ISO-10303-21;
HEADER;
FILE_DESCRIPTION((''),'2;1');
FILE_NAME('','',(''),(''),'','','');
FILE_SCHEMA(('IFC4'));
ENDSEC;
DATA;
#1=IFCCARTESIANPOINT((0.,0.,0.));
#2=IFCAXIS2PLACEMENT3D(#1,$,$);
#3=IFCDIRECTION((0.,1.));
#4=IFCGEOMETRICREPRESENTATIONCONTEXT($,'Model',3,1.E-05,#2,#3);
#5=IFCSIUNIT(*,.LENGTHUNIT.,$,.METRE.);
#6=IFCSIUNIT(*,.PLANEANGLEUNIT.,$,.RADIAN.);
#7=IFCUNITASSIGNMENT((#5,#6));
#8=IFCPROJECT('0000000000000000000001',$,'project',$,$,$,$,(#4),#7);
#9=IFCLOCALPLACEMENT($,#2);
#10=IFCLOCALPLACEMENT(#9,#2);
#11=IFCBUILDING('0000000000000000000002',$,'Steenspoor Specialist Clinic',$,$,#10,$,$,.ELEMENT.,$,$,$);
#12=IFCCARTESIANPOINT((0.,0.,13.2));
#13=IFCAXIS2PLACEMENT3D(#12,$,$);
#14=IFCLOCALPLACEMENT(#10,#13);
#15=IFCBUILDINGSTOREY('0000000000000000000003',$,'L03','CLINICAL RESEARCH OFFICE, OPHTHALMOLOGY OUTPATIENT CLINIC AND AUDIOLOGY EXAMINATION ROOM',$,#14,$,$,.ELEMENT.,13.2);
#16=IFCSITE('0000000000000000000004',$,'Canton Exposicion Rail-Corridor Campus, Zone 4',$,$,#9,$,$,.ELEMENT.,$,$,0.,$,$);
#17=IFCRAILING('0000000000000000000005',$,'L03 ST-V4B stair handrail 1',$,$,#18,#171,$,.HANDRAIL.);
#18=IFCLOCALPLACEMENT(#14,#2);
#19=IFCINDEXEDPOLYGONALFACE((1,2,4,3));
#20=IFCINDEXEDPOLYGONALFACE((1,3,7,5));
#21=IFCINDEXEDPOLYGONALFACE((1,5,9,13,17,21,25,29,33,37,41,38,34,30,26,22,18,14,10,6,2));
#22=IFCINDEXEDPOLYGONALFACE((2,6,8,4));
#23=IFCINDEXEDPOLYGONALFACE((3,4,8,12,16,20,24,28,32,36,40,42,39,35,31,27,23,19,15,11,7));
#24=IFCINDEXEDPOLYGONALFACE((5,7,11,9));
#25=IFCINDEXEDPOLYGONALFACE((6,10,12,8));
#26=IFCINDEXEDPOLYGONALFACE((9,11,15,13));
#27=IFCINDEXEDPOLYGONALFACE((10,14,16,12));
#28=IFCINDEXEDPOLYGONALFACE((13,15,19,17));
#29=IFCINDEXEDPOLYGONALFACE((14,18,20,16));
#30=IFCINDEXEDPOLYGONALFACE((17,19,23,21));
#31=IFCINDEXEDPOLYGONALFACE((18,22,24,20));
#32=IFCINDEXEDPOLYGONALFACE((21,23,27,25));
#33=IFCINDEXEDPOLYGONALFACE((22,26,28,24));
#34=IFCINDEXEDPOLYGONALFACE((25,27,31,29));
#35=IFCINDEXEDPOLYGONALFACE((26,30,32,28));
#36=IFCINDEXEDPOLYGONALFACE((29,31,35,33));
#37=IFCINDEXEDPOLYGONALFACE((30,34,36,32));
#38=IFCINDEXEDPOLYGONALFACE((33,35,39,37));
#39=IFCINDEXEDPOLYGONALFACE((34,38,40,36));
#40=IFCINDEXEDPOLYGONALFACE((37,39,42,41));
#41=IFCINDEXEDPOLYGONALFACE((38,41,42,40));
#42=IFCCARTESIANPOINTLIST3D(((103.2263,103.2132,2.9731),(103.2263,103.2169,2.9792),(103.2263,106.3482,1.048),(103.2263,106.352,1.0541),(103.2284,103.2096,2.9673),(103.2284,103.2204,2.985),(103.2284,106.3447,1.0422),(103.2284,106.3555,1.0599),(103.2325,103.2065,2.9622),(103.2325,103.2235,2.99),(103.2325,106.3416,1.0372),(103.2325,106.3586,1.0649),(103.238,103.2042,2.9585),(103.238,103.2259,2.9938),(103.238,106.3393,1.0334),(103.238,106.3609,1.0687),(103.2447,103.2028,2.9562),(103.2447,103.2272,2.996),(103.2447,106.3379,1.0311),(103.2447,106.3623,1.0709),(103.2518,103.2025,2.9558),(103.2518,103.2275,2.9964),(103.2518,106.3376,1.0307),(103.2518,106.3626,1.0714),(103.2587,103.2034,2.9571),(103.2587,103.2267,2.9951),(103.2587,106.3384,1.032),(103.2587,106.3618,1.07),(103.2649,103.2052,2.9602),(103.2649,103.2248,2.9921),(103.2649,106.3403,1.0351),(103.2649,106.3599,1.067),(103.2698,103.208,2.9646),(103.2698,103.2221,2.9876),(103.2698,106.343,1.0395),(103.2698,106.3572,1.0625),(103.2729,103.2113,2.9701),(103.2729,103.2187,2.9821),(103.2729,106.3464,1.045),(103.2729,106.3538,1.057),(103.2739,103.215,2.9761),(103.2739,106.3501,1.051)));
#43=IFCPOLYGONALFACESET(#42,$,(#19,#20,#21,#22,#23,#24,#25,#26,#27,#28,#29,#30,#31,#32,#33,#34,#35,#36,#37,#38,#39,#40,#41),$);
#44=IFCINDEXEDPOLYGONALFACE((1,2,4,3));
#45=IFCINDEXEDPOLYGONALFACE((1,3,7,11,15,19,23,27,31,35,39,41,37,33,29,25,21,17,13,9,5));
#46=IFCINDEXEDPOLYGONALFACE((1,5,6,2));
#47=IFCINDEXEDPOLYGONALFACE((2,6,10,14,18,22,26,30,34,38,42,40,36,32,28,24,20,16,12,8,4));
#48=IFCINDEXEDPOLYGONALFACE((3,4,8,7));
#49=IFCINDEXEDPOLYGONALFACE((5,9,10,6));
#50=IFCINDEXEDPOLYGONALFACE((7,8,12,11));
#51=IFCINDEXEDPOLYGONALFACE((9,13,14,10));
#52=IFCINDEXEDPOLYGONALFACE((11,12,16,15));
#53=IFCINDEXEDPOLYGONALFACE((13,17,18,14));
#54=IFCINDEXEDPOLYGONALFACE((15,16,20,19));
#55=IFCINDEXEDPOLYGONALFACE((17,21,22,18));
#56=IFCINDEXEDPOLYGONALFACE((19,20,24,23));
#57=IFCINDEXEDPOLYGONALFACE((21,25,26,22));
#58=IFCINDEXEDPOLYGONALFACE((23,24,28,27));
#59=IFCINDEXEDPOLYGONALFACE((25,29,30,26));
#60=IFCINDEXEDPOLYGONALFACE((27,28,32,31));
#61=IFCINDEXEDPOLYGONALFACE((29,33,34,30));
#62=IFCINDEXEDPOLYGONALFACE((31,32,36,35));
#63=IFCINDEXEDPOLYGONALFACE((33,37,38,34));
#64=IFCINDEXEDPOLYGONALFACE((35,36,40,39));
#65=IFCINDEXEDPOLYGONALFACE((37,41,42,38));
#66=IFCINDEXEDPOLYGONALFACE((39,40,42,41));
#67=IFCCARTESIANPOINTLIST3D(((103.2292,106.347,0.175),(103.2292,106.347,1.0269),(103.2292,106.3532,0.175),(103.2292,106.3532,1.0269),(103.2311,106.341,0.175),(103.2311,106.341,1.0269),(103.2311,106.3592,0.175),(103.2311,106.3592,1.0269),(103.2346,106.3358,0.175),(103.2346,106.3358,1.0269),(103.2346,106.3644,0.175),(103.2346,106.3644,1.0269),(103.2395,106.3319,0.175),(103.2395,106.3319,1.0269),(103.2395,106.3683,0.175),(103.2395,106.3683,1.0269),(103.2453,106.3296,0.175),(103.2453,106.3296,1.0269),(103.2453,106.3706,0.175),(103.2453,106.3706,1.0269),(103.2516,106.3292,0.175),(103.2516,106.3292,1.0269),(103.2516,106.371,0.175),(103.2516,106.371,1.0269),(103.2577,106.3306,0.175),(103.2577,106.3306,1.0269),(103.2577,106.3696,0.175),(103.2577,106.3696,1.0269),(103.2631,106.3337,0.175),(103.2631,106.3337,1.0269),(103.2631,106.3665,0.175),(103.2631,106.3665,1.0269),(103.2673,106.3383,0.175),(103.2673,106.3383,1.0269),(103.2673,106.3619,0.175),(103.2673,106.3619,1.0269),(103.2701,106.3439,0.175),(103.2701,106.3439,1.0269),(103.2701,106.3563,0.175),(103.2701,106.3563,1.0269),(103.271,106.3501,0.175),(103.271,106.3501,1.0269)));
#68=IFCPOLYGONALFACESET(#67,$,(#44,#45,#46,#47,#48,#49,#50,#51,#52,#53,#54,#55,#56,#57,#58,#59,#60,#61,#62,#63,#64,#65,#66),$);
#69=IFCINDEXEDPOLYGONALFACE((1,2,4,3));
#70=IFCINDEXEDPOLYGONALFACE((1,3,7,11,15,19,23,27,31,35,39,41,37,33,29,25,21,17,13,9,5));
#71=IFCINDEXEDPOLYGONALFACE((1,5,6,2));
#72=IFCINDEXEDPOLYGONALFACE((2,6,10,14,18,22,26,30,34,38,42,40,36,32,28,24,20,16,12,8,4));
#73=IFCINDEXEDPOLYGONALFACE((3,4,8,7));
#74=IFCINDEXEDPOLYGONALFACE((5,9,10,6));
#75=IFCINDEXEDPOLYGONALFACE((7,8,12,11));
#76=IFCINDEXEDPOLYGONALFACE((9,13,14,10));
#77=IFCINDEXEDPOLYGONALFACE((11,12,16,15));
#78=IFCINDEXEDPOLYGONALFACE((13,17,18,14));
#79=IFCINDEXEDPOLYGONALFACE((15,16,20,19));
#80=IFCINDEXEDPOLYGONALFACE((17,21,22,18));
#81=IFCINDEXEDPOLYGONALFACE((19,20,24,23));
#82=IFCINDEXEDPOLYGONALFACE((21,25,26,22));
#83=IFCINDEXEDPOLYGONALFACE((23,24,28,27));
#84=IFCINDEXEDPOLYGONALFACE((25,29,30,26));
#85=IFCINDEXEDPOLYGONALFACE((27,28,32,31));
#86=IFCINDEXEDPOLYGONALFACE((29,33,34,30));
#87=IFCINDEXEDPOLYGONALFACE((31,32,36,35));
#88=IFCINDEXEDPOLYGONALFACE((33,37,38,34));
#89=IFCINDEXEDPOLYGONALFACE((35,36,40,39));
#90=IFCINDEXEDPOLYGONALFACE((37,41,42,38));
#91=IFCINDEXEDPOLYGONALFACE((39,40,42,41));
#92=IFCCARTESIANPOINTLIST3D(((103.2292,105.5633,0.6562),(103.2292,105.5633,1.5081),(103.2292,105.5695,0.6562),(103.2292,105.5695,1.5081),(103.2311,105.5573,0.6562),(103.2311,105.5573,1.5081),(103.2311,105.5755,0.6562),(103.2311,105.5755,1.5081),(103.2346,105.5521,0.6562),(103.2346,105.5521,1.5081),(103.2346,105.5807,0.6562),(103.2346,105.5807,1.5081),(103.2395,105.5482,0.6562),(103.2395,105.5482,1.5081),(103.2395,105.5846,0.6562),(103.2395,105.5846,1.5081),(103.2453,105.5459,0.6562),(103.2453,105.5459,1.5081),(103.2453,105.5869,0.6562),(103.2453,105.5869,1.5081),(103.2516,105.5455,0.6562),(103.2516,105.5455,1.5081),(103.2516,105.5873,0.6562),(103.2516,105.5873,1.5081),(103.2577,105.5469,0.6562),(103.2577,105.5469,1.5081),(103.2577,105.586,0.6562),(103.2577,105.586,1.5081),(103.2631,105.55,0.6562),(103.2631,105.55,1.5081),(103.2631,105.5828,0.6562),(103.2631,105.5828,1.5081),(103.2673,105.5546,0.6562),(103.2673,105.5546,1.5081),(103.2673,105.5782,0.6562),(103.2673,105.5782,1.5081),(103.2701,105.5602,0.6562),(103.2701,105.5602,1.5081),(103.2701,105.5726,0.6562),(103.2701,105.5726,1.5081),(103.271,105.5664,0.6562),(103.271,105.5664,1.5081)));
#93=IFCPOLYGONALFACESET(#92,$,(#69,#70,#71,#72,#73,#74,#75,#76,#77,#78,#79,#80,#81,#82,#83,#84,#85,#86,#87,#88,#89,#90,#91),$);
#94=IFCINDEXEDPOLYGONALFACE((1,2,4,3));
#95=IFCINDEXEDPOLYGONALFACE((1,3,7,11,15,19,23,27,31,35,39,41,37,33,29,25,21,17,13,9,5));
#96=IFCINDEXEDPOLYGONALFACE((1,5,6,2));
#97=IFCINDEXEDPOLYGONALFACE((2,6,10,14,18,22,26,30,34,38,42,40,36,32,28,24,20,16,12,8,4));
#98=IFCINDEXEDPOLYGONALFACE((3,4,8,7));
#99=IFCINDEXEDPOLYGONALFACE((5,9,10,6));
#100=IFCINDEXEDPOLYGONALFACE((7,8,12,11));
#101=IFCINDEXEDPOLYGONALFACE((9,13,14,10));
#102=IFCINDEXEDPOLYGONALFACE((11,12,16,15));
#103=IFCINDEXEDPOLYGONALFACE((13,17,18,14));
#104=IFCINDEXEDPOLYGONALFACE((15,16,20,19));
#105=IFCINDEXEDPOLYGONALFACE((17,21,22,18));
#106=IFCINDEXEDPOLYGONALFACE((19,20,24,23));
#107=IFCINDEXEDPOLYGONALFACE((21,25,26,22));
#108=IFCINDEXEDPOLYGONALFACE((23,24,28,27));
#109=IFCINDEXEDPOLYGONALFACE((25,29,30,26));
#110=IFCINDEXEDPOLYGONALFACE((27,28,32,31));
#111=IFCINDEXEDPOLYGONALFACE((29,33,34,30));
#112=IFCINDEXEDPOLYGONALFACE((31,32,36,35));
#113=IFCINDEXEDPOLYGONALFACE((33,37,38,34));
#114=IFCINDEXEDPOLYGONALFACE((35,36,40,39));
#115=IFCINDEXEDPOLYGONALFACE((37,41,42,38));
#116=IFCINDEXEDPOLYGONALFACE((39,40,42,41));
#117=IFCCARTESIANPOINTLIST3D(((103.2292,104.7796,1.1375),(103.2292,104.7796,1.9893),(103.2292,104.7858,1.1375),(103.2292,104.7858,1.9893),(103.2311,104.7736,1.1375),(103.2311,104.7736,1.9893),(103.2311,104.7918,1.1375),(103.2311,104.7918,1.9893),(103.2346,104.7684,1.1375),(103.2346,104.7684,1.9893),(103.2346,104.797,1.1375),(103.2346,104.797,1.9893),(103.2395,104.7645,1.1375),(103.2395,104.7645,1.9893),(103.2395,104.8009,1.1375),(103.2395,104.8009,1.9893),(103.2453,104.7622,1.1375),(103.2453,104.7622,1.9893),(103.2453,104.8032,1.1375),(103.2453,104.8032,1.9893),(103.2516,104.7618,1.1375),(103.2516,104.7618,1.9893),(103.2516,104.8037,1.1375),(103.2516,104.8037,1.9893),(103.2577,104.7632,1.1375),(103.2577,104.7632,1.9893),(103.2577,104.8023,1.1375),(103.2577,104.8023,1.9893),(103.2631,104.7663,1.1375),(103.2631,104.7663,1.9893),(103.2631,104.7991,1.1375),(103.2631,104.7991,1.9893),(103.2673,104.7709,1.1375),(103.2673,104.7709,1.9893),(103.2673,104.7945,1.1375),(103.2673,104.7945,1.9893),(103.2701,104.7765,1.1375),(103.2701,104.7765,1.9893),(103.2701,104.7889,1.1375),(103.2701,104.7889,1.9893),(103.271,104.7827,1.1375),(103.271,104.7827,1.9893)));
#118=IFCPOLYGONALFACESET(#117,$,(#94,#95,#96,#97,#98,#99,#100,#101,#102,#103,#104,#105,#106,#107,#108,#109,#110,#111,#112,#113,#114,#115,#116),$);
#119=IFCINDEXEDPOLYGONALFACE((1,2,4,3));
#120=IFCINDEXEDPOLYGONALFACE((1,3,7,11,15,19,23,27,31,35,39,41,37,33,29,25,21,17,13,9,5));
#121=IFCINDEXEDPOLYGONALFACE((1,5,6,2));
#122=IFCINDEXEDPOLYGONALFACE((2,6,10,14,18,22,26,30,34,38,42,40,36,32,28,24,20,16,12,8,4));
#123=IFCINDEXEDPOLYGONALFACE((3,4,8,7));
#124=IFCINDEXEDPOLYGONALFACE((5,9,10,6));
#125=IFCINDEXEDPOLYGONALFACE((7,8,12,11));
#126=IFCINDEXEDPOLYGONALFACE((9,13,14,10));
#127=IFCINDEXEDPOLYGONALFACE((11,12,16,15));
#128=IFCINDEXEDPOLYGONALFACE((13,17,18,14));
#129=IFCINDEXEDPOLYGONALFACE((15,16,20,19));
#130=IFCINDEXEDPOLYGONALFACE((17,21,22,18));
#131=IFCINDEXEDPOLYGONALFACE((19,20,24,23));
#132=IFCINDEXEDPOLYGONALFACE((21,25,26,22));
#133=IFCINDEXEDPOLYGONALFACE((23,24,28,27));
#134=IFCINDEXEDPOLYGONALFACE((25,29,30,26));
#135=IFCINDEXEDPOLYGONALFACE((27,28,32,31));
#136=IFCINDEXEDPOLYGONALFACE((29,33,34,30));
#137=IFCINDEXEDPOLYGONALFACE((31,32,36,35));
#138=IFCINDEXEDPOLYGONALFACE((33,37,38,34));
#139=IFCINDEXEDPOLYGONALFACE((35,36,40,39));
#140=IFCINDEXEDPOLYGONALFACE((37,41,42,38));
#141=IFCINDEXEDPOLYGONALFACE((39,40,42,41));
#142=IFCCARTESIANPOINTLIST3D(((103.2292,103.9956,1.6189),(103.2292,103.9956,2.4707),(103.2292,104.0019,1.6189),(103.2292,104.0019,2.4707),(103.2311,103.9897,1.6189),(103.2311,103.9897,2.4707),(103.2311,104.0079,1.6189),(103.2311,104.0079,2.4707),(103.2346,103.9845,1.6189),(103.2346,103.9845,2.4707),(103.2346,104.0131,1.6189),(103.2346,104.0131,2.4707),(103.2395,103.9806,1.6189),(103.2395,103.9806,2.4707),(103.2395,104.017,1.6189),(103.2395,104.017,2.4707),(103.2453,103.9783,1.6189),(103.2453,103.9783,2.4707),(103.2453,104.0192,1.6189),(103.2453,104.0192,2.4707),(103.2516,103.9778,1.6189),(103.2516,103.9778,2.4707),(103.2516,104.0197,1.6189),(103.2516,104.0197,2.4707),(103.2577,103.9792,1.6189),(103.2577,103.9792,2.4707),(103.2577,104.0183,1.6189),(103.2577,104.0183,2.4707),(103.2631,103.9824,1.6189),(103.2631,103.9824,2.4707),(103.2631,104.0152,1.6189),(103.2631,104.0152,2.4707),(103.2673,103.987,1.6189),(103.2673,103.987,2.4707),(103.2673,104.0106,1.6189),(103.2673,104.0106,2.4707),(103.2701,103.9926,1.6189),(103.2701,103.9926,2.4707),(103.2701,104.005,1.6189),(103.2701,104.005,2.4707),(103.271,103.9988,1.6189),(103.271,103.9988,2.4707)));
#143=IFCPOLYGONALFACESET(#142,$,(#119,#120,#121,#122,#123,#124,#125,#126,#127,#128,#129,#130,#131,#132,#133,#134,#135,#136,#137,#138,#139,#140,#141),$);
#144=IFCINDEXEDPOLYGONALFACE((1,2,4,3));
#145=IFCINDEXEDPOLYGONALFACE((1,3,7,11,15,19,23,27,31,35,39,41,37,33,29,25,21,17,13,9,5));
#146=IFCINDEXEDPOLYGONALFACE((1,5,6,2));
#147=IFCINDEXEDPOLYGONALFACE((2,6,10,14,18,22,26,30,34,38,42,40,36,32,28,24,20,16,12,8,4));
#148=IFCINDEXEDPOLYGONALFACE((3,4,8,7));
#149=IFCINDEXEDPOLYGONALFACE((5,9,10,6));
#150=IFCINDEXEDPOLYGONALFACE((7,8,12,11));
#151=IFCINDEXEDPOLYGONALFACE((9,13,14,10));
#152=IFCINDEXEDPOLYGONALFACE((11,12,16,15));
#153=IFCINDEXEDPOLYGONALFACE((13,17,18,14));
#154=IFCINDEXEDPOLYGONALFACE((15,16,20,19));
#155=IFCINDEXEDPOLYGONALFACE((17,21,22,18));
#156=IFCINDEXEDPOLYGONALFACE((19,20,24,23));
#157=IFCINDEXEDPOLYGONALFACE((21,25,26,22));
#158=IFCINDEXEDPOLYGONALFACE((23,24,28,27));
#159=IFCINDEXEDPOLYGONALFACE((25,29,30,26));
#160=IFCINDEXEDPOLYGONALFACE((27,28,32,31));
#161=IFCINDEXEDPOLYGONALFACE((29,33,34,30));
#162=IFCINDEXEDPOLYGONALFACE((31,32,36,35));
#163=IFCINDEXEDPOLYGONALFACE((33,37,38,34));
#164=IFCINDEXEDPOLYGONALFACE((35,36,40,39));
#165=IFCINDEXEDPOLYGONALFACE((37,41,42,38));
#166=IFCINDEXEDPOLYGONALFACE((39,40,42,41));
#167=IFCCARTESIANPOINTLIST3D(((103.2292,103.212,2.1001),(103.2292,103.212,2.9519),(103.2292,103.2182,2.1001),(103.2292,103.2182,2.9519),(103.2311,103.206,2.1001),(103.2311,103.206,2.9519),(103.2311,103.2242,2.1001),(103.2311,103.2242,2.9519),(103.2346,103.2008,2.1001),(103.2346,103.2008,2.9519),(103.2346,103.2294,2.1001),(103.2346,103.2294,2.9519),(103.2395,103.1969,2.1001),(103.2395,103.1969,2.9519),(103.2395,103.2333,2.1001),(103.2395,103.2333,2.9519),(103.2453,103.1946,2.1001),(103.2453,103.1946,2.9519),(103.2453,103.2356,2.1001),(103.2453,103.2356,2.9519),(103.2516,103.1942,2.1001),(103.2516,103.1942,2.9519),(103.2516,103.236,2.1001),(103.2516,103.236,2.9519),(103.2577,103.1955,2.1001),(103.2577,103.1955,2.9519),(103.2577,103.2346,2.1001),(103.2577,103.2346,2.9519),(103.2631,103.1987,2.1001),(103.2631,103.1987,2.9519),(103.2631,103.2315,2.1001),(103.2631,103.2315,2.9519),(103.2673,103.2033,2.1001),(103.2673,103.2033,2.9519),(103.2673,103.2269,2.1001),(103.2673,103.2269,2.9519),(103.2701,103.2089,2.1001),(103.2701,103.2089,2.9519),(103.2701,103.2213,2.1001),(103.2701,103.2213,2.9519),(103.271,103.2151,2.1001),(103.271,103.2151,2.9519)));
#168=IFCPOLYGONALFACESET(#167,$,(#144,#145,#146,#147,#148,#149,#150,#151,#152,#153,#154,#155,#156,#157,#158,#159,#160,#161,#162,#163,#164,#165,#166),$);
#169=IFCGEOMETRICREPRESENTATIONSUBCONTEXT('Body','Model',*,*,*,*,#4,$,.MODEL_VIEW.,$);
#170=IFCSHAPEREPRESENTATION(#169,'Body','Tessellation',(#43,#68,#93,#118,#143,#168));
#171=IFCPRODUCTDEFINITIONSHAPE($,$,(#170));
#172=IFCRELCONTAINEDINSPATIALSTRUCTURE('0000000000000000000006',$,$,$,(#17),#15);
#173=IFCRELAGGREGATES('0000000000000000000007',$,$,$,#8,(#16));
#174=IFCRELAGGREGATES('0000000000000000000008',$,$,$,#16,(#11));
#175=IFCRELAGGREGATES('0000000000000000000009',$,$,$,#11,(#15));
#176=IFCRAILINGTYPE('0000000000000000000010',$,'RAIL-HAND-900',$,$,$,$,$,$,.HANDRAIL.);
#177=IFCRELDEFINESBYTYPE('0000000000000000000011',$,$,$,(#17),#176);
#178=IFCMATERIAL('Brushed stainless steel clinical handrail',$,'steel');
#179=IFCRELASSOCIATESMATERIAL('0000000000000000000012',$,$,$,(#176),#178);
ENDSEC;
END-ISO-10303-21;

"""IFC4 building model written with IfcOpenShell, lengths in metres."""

from ifc_helpers import new_model, si_unit, direction, frame, origin, origin_2d, place, context, subcontext, project, spatial, circle, extrude, material, type_object, element, save


model = new_model("IFC4")

# Units and contexts
model_context = context("Model", 3, precision=1e-05, world=origin(), true_north=direction((0.0, 1.0)))
body_context = subcontext(model_context, "Body", "Model", "MODEL_VIEW")
ifc_project = project(units=[si_unit("LENGTHUNIT", "METRE"), si_unit("PLANEANGLEUNIT", "RADIAN")], contexts=[model_context])

# Site, building, storey
site_placement = place(None, origin())
site = spatial("IfcSite", under=ifc_project, at=site_placement, Name="Canton Exposicion Rail-Corridor Campus, Zone 4", CompositionType="ELEMENT", RefElevation=0.0)
building_placement = place(site_placement, origin())
building = spatial("IfcBuilding", under=site, at=building_placement, Name="Steenspoor Specialist Clinic", CompositionType="ELEMENT")
storey_placement = place(building_placement, frame((0.0, 0.0, 13.2)))
storey = spatial("IfcBuildingStorey", under=building, at=storey_placement, Name="L03", Description="CLINICAL RESEARCH OFFICE, OPHTHALMOLOGY OUTPATIENT CLINIC AND AUDIOLOGY EXAMINATION ROOM", CompositionType="ELEMENT", Elevation=13.2)

# Railing
ifc_material_1 = material(Name="Brushed stainless steel clinical handrail", Category="steel")
railing_type_1 = type_object("IfcRailingType", Name="RAIL-HAND-900", PredefinedType="HANDRAIL", material=ifc_material_1)
railing_1_placement = place(storey_placement, frame((103.25, 106.3501, 0.175)))
element("IfcRailing", 1, at=railing_1_placement, inside=storey, type_object=railing_type_1, Name="L03 ST-V4B stair handrail 1", PredefinedType="HANDRAIL", context=body_context, shape_type="SweptSolid", body=[
    extrude(circle(Radius=0.0239, at=origin_2d()), frame((0.0, 0.0, 0.876), z_axis=(0.0, -0.852166, 0.523271), x_axis=(1.0, 0.0, 0.0)), (0.0, 0.0, 1.0), 3.679),
    extrude(circle(Radius=0.021, at=origin_2d()), origin(), (0.0, 0.0, 1.0), 0.8518),
    extrude(circle(Radius=0.021, at=origin_2d()), frame((0.0, -0.7837, 0.4812)), (0.0, 0.0, 1.0), 0.8518),
    extrude(circle(Radius=0.021, at=origin_2d()), frame((0.0, -1.5674, 0.9624)), (0.0, 0.0, 1.0), 0.8518),
    extrude(circle(Radius=0.021, at=origin_2d()), frame((0.0, -2.3513, 1.4438)), (0.0, 0.0, 1.0), 0.8518),
    extrude(circle(Radius=0.021, at=origin_2d()), frame((0.0, -3.135, 1.925)), (0.0, 0.0, 1.0), 0.8518),
])

save(model, "model.ifc")
